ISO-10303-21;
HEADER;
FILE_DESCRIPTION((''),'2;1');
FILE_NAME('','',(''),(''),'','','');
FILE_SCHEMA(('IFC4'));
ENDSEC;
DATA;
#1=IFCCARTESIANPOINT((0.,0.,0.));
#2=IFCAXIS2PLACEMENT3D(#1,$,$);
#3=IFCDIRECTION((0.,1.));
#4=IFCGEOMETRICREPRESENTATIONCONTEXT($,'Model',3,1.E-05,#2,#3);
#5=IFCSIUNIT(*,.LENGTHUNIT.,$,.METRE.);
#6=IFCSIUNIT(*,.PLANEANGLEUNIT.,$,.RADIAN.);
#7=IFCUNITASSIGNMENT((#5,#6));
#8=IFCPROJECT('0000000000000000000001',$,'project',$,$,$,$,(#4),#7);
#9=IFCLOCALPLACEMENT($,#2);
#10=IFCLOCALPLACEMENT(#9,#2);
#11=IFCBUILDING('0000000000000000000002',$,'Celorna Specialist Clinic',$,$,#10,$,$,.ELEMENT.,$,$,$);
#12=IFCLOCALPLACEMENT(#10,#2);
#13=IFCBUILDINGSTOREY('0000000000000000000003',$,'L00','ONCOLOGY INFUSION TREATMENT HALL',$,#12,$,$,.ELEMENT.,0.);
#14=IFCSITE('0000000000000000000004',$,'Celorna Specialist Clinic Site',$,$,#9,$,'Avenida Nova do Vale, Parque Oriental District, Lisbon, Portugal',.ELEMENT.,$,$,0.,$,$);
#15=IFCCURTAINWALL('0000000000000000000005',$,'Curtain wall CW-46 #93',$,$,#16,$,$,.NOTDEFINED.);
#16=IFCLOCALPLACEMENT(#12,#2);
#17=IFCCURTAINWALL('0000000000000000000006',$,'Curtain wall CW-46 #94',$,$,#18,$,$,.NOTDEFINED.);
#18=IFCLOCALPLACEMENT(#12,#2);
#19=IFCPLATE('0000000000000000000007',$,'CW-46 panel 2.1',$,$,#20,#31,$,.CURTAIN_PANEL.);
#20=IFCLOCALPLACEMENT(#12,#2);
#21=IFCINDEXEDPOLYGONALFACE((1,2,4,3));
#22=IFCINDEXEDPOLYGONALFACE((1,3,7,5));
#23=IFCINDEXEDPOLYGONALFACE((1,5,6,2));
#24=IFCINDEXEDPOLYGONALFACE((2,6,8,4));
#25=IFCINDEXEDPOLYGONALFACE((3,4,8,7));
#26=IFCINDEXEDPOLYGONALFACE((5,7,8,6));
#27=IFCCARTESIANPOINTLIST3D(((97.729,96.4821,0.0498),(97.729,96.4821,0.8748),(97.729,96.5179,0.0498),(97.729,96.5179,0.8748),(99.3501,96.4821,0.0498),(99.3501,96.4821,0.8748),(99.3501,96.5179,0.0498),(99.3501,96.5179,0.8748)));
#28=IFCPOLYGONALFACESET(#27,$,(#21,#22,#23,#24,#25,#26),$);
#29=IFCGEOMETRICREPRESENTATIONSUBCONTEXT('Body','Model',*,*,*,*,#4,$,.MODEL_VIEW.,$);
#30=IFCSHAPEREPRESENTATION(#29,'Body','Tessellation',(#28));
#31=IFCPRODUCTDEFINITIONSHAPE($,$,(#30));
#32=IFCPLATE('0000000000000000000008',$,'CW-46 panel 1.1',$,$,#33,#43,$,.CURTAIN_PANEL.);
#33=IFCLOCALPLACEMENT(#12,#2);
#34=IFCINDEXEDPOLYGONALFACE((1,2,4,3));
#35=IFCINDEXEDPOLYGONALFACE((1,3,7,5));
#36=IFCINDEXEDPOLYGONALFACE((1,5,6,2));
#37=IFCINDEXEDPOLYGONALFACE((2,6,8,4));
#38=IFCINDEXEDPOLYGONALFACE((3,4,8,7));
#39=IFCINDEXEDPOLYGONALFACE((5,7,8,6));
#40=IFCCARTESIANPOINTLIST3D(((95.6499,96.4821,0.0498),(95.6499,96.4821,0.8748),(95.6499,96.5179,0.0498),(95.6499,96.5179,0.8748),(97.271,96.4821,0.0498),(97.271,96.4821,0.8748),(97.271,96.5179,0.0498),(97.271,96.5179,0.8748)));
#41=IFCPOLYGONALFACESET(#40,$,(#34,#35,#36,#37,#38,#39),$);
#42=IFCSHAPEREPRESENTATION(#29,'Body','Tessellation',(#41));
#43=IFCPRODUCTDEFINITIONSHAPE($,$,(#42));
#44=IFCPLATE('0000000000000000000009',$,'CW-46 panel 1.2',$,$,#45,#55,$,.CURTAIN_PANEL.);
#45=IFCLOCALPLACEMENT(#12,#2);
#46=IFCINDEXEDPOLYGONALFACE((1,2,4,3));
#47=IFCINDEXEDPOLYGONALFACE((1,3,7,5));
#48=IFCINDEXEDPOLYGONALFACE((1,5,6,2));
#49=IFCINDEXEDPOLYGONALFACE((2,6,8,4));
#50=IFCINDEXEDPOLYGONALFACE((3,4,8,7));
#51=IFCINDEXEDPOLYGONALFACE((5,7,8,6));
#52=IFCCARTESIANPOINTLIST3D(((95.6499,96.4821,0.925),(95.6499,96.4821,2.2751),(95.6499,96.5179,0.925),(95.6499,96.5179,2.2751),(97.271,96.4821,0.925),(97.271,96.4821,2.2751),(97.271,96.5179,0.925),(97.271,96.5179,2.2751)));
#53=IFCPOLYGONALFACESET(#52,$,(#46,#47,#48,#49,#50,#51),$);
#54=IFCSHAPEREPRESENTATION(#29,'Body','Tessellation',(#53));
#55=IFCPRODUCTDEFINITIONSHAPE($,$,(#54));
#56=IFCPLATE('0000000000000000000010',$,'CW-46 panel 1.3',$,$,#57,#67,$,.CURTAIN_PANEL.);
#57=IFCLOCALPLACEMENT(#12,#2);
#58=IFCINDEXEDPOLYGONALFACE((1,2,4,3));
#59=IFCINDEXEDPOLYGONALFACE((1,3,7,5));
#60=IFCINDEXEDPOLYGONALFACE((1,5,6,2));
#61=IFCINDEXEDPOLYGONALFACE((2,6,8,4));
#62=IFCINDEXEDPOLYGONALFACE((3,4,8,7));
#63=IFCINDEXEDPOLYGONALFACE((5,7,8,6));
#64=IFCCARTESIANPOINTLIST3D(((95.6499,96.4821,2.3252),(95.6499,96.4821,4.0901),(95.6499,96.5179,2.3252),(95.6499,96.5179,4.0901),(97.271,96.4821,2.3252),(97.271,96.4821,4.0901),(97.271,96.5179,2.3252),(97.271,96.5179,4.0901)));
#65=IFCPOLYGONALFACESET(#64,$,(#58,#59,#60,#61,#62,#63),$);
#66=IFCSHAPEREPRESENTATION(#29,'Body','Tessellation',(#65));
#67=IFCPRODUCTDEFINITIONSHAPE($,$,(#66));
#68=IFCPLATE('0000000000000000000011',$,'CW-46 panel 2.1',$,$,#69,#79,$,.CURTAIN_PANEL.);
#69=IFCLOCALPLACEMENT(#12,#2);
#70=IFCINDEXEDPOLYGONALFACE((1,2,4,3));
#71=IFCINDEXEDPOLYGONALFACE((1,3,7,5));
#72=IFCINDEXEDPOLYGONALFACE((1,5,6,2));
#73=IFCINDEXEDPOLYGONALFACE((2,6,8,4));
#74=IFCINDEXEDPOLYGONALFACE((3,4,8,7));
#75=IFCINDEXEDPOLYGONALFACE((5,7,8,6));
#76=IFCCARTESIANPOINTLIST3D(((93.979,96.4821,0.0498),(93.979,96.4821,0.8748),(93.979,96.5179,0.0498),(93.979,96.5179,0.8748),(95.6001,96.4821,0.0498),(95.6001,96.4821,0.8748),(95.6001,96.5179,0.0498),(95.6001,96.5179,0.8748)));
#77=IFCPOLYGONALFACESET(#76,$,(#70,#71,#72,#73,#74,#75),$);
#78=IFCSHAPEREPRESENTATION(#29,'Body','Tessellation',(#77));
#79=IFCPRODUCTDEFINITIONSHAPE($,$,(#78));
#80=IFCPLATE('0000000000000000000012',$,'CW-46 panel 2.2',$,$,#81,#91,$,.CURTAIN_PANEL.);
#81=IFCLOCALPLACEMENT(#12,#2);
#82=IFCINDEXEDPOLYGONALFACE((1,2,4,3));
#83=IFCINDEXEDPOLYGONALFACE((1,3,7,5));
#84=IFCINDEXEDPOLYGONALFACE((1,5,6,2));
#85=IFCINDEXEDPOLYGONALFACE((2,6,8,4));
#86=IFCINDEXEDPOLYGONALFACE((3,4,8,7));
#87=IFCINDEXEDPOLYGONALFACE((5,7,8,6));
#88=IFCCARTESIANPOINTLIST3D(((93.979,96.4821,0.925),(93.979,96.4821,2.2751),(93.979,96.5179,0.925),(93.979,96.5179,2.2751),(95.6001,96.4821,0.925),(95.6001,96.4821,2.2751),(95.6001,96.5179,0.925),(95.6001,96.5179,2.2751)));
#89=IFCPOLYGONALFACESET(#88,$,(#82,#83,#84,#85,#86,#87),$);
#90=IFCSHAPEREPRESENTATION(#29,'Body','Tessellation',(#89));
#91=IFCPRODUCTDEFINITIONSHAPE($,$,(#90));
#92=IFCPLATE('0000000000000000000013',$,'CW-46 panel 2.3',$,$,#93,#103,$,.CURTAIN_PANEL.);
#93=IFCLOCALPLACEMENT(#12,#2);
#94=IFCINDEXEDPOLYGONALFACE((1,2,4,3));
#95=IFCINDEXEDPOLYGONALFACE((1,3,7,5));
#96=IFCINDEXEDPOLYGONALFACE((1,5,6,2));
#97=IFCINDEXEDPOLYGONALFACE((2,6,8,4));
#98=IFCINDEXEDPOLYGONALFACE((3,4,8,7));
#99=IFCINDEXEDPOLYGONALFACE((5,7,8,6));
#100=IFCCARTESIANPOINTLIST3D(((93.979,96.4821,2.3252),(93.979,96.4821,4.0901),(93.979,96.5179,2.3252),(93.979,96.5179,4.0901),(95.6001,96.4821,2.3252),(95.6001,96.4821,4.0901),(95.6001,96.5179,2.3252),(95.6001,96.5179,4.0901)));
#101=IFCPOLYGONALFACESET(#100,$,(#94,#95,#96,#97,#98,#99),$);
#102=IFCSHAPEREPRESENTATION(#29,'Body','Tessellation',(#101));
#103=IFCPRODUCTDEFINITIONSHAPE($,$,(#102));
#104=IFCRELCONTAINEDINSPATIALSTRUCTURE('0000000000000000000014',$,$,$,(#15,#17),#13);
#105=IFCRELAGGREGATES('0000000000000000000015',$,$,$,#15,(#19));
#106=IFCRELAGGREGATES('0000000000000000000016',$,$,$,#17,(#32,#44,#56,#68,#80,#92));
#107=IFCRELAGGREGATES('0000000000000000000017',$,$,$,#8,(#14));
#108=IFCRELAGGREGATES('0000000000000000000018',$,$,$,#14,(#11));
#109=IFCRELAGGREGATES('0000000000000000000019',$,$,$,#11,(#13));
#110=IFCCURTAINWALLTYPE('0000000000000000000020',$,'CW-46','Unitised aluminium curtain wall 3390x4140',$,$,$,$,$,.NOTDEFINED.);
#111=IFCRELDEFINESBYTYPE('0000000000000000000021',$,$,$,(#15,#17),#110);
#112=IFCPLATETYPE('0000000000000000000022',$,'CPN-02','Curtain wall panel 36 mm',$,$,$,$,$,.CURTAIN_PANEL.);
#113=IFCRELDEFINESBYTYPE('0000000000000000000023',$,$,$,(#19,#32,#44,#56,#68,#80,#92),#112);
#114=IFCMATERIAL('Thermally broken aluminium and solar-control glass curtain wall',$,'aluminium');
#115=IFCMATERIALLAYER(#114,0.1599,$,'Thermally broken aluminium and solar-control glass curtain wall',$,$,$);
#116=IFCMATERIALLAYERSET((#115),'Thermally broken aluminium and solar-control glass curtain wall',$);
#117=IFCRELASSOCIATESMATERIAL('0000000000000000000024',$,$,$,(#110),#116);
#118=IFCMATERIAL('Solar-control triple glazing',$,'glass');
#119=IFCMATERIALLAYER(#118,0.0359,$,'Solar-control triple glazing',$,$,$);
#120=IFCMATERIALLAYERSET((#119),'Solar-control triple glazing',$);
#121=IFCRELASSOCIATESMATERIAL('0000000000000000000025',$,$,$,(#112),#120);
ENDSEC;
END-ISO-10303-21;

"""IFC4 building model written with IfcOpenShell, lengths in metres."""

from ifc_helpers import new_model, si_unit, direction, frame, origin, origin_2d, place, context, subcontext, project, spatial, rectangle, extrude, material, layer, layer_set, type_object, element, aggregate, save


model = new_model("IFC4")

# Units and contexts
model_context = context("Model", 3, precision=1e-05, world=origin(), true_north=direction((0.0, 1.0)))
body_context = subcontext(model_context, "Body", "Model", "MODEL_VIEW")
ifc_project = project(units=[si_unit("LENGTHUNIT", "METRE"), si_unit("PLANEANGLEUNIT", "RADIAN")], contexts=[model_context])

# Site, building, storey
site_placement = place(None, origin())
site = spatial("IfcSite", under=ifc_project, at=site_placement, Name="Celorna Specialist Clinic Site", LongName="Avenida Nova do Vale, Parque Oriental District, Lisbon, Portugal", CompositionType="ELEMENT", RefElevation=0.0)
building_placement = place(site_placement, origin())
building = spatial("IfcBuilding", under=site, at=building_placement, Name="Celorna Specialist Clinic", CompositionType="ELEMENT")
storey_placement = place(building_placement, origin())
storey = spatial("IfcBuildingStorey", under=building, at=storey_placement, Name="L00", Description="ONCOLOGY INFUSION TREATMENT HALL", CompositionType="ELEMENT", Elevation=0.0)

# Shared definitions
ifc_material_1 = material(Name="Thermally broken aluminium and solar-control glass curtain wall", Category="aluminium")

# Curtain wall
ifc_layer_1 = layer(ifc_material_1, 0.1599, Name="Thermally broken aluminium and solar-control glass curtain wall")
ifc_layer_set_1 = layer_set([ifc_layer_1], Name="Thermally broken aluminium and solar-control glass curtain wall")
curtain_wall_type_1 = type_object("IfcCurtainWallType", Name="CW-46", Description="Unitised aluminium curtain wall 3390x4140", PredefinedType="NOTDEFINED", material=ifc_layer_set_1)
curtain_wall_1_placement = place(storey_placement, origin())
curtain_wall_1 = element("IfcCurtainWall", 1, at=curtain_wall_1_placement, inside=storey, type_object=curtain_wall_type_1, Name="Curtain wall CW-46 #93", PredefinedType="NOTDEFINED")

# Curtain wall
curtain_wall_2_placement = place(storey_placement, origin())
curtain_wall_2 = element("IfcCurtainWall", 2, at=curtain_wall_2_placement, inside=storey, type_object=curtain_wall_type_1, Name="Curtain wall CW-46 #94", PredefinedType="NOTDEFINED")

# Plates
ifc_material_2 = material(Name="Solar-control triple glazing", Category="glass")
ifc_layer_2 = layer(ifc_material_2, 0.0359, Name="Solar-control triple glazing")
ifc_layer_set_2 = layer_set([ifc_layer_2], Name="Solar-control triple glazing")
plate_type_1 = type_object("IfcPlateType", Name="CPN-02", Description="Curtain wall panel 36 mm", PredefinedType="CURTAIN_PANEL", material=ifc_layer_set_2)
plate_1_placement = place(storey_placement, frame((98.5396, 96.5, 0.0498), z_axis=(0.0, 0.0, 1.0), x_axis=(-1.0, 0.0, 0.0)))
plate_1 = element("IfcPlate", 3, at=plate_1_placement, type_object=plate_type_1, Name="CW-46 panel 2.1", PredefinedType="CURTAIN_PANEL", context=body_context, shape_type="SweptSolid", body=[
    extrude(rectangle(XDim=1.6211, YDim=0.0359, at=origin_2d()), origin(), (0.0, 0.0, 1.0), 0.825),
])
aggregate(curtain_wall_1, [plate_1])
plate_2_placement = place(storey_placement, frame((96.4604, 96.5, 0.0498), z_axis=(0.0, 0.0, 1.0), x_axis=(-1.0, 0.0, 0.0)))
plate_2 = element("IfcPlate", 4, at=plate_2_placement, type_object=plate_type_1, Name="CW-46 panel 1.1", PredefinedType="CURTAIN_PANEL", context=body_context, shape_type="SweptSolid", body=[
    extrude(rectangle(XDim=1.6211, YDim=0.0359, at=origin_2d()), origin(), (0.0, 0.0, 1.0), 0.825),
])
plate_3_placement = place(storey_placement, frame((96.4604, 96.5, 0.925), z_axis=(0.0, 0.0, 1.0), x_axis=(-1.0, 0.0, 0.0)))
plate_3 = element("IfcPlate", 5, at=plate_3_placement, type_object=plate_type_1, Name="CW-46 panel 1.2", PredefinedType="CURTAIN_PANEL", context=body_context, shape_type="SweptSolid", body=[
    extrude(rectangle(XDim=1.6211, YDim=0.0359, at=origin_2d()), origin(), (0.0, 0.0, 1.0), 1.3501),
])
plate_4_placement = place(storey_placement, frame((96.4604, 96.5, 2.3252), z_axis=(0.0, 0.0, 1.0), x_axis=(-1.0, 0.0, 0.0)))
plate_4 = element("IfcPlate", 6, at=plate_4_placement, type_object=plate_type_1, Name="CW-46 panel 1.3", PredefinedType="CURTAIN_PANEL", context=body_context, shape_type="SweptSolid", body=[
    extrude(rectangle(XDim=1.6211, YDim=0.0359, at=origin_2d()), origin(), (0.0, 0.0, 1.0), 1.7649),
])
plate_5_placement = place(storey_placement, frame((94.7896, 96.5, 0.0498), z_axis=(0.0, 0.0, 1.0), x_axis=(-1.0, 0.0, 0.0)))
plate_5 = element("IfcPlate", 7, at=plate_5_placement, type_object=plate_type_1, Name="CW-46 panel 2.1", PredefinedType="CURTAIN_PANEL", context=body_context, shape_type="SweptSolid", body=[
    extrude(rectangle(XDim=1.6211, YDim=0.0359, at=origin_2d()), origin(), (0.0, 0.0, 1.0), 0.825),
])
plate_6_placement = place(storey_placement, frame((94.7896, 96.5, 0.925), z_axis=(0.0, 0.0, 1.0), x_axis=(-1.0, 0.0, 0.0)))
plate_6 = element("IfcPlate", 8, at=plate_6_placement, type_object=plate_type_1, Name="CW-46 panel 2.2", PredefinedType="CURTAIN_PANEL", context=body_context, shape_type="SweptSolid", body=[
    extrude(rectangle(XDim=1.6211, YDim=0.0359, at=origin_2d()), origin(), (0.0, 0.0, 1.0), 1.3501),
])
plate_7_placement = place(storey_placement, frame((94.7896, 96.5, 2.3252), z_axis=(0.0, 0.0, 1.0), x_axis=(-1.0, 0.0, 0.0)))
plate_7 = element("IfcPlate", 9, at=plate_7_placement, type_object=plate_type_1, Name="CW-46 panel 2.3", PredefinedType="CURTAIN_PANEL", context=body_context, shape_type="SweptSolid", body=[
    extrude(rectangle(XDim=1.6211, YDim=0.0359, at=origin_2d()), origin(), (0.0, 0.0, 1.0), 1.7649),
])
aggregate(curtain_wall_2, [plate_2, plate_3, plate_4, plate_5, plate_6, plate_7])

save(model, "model.ifc")
